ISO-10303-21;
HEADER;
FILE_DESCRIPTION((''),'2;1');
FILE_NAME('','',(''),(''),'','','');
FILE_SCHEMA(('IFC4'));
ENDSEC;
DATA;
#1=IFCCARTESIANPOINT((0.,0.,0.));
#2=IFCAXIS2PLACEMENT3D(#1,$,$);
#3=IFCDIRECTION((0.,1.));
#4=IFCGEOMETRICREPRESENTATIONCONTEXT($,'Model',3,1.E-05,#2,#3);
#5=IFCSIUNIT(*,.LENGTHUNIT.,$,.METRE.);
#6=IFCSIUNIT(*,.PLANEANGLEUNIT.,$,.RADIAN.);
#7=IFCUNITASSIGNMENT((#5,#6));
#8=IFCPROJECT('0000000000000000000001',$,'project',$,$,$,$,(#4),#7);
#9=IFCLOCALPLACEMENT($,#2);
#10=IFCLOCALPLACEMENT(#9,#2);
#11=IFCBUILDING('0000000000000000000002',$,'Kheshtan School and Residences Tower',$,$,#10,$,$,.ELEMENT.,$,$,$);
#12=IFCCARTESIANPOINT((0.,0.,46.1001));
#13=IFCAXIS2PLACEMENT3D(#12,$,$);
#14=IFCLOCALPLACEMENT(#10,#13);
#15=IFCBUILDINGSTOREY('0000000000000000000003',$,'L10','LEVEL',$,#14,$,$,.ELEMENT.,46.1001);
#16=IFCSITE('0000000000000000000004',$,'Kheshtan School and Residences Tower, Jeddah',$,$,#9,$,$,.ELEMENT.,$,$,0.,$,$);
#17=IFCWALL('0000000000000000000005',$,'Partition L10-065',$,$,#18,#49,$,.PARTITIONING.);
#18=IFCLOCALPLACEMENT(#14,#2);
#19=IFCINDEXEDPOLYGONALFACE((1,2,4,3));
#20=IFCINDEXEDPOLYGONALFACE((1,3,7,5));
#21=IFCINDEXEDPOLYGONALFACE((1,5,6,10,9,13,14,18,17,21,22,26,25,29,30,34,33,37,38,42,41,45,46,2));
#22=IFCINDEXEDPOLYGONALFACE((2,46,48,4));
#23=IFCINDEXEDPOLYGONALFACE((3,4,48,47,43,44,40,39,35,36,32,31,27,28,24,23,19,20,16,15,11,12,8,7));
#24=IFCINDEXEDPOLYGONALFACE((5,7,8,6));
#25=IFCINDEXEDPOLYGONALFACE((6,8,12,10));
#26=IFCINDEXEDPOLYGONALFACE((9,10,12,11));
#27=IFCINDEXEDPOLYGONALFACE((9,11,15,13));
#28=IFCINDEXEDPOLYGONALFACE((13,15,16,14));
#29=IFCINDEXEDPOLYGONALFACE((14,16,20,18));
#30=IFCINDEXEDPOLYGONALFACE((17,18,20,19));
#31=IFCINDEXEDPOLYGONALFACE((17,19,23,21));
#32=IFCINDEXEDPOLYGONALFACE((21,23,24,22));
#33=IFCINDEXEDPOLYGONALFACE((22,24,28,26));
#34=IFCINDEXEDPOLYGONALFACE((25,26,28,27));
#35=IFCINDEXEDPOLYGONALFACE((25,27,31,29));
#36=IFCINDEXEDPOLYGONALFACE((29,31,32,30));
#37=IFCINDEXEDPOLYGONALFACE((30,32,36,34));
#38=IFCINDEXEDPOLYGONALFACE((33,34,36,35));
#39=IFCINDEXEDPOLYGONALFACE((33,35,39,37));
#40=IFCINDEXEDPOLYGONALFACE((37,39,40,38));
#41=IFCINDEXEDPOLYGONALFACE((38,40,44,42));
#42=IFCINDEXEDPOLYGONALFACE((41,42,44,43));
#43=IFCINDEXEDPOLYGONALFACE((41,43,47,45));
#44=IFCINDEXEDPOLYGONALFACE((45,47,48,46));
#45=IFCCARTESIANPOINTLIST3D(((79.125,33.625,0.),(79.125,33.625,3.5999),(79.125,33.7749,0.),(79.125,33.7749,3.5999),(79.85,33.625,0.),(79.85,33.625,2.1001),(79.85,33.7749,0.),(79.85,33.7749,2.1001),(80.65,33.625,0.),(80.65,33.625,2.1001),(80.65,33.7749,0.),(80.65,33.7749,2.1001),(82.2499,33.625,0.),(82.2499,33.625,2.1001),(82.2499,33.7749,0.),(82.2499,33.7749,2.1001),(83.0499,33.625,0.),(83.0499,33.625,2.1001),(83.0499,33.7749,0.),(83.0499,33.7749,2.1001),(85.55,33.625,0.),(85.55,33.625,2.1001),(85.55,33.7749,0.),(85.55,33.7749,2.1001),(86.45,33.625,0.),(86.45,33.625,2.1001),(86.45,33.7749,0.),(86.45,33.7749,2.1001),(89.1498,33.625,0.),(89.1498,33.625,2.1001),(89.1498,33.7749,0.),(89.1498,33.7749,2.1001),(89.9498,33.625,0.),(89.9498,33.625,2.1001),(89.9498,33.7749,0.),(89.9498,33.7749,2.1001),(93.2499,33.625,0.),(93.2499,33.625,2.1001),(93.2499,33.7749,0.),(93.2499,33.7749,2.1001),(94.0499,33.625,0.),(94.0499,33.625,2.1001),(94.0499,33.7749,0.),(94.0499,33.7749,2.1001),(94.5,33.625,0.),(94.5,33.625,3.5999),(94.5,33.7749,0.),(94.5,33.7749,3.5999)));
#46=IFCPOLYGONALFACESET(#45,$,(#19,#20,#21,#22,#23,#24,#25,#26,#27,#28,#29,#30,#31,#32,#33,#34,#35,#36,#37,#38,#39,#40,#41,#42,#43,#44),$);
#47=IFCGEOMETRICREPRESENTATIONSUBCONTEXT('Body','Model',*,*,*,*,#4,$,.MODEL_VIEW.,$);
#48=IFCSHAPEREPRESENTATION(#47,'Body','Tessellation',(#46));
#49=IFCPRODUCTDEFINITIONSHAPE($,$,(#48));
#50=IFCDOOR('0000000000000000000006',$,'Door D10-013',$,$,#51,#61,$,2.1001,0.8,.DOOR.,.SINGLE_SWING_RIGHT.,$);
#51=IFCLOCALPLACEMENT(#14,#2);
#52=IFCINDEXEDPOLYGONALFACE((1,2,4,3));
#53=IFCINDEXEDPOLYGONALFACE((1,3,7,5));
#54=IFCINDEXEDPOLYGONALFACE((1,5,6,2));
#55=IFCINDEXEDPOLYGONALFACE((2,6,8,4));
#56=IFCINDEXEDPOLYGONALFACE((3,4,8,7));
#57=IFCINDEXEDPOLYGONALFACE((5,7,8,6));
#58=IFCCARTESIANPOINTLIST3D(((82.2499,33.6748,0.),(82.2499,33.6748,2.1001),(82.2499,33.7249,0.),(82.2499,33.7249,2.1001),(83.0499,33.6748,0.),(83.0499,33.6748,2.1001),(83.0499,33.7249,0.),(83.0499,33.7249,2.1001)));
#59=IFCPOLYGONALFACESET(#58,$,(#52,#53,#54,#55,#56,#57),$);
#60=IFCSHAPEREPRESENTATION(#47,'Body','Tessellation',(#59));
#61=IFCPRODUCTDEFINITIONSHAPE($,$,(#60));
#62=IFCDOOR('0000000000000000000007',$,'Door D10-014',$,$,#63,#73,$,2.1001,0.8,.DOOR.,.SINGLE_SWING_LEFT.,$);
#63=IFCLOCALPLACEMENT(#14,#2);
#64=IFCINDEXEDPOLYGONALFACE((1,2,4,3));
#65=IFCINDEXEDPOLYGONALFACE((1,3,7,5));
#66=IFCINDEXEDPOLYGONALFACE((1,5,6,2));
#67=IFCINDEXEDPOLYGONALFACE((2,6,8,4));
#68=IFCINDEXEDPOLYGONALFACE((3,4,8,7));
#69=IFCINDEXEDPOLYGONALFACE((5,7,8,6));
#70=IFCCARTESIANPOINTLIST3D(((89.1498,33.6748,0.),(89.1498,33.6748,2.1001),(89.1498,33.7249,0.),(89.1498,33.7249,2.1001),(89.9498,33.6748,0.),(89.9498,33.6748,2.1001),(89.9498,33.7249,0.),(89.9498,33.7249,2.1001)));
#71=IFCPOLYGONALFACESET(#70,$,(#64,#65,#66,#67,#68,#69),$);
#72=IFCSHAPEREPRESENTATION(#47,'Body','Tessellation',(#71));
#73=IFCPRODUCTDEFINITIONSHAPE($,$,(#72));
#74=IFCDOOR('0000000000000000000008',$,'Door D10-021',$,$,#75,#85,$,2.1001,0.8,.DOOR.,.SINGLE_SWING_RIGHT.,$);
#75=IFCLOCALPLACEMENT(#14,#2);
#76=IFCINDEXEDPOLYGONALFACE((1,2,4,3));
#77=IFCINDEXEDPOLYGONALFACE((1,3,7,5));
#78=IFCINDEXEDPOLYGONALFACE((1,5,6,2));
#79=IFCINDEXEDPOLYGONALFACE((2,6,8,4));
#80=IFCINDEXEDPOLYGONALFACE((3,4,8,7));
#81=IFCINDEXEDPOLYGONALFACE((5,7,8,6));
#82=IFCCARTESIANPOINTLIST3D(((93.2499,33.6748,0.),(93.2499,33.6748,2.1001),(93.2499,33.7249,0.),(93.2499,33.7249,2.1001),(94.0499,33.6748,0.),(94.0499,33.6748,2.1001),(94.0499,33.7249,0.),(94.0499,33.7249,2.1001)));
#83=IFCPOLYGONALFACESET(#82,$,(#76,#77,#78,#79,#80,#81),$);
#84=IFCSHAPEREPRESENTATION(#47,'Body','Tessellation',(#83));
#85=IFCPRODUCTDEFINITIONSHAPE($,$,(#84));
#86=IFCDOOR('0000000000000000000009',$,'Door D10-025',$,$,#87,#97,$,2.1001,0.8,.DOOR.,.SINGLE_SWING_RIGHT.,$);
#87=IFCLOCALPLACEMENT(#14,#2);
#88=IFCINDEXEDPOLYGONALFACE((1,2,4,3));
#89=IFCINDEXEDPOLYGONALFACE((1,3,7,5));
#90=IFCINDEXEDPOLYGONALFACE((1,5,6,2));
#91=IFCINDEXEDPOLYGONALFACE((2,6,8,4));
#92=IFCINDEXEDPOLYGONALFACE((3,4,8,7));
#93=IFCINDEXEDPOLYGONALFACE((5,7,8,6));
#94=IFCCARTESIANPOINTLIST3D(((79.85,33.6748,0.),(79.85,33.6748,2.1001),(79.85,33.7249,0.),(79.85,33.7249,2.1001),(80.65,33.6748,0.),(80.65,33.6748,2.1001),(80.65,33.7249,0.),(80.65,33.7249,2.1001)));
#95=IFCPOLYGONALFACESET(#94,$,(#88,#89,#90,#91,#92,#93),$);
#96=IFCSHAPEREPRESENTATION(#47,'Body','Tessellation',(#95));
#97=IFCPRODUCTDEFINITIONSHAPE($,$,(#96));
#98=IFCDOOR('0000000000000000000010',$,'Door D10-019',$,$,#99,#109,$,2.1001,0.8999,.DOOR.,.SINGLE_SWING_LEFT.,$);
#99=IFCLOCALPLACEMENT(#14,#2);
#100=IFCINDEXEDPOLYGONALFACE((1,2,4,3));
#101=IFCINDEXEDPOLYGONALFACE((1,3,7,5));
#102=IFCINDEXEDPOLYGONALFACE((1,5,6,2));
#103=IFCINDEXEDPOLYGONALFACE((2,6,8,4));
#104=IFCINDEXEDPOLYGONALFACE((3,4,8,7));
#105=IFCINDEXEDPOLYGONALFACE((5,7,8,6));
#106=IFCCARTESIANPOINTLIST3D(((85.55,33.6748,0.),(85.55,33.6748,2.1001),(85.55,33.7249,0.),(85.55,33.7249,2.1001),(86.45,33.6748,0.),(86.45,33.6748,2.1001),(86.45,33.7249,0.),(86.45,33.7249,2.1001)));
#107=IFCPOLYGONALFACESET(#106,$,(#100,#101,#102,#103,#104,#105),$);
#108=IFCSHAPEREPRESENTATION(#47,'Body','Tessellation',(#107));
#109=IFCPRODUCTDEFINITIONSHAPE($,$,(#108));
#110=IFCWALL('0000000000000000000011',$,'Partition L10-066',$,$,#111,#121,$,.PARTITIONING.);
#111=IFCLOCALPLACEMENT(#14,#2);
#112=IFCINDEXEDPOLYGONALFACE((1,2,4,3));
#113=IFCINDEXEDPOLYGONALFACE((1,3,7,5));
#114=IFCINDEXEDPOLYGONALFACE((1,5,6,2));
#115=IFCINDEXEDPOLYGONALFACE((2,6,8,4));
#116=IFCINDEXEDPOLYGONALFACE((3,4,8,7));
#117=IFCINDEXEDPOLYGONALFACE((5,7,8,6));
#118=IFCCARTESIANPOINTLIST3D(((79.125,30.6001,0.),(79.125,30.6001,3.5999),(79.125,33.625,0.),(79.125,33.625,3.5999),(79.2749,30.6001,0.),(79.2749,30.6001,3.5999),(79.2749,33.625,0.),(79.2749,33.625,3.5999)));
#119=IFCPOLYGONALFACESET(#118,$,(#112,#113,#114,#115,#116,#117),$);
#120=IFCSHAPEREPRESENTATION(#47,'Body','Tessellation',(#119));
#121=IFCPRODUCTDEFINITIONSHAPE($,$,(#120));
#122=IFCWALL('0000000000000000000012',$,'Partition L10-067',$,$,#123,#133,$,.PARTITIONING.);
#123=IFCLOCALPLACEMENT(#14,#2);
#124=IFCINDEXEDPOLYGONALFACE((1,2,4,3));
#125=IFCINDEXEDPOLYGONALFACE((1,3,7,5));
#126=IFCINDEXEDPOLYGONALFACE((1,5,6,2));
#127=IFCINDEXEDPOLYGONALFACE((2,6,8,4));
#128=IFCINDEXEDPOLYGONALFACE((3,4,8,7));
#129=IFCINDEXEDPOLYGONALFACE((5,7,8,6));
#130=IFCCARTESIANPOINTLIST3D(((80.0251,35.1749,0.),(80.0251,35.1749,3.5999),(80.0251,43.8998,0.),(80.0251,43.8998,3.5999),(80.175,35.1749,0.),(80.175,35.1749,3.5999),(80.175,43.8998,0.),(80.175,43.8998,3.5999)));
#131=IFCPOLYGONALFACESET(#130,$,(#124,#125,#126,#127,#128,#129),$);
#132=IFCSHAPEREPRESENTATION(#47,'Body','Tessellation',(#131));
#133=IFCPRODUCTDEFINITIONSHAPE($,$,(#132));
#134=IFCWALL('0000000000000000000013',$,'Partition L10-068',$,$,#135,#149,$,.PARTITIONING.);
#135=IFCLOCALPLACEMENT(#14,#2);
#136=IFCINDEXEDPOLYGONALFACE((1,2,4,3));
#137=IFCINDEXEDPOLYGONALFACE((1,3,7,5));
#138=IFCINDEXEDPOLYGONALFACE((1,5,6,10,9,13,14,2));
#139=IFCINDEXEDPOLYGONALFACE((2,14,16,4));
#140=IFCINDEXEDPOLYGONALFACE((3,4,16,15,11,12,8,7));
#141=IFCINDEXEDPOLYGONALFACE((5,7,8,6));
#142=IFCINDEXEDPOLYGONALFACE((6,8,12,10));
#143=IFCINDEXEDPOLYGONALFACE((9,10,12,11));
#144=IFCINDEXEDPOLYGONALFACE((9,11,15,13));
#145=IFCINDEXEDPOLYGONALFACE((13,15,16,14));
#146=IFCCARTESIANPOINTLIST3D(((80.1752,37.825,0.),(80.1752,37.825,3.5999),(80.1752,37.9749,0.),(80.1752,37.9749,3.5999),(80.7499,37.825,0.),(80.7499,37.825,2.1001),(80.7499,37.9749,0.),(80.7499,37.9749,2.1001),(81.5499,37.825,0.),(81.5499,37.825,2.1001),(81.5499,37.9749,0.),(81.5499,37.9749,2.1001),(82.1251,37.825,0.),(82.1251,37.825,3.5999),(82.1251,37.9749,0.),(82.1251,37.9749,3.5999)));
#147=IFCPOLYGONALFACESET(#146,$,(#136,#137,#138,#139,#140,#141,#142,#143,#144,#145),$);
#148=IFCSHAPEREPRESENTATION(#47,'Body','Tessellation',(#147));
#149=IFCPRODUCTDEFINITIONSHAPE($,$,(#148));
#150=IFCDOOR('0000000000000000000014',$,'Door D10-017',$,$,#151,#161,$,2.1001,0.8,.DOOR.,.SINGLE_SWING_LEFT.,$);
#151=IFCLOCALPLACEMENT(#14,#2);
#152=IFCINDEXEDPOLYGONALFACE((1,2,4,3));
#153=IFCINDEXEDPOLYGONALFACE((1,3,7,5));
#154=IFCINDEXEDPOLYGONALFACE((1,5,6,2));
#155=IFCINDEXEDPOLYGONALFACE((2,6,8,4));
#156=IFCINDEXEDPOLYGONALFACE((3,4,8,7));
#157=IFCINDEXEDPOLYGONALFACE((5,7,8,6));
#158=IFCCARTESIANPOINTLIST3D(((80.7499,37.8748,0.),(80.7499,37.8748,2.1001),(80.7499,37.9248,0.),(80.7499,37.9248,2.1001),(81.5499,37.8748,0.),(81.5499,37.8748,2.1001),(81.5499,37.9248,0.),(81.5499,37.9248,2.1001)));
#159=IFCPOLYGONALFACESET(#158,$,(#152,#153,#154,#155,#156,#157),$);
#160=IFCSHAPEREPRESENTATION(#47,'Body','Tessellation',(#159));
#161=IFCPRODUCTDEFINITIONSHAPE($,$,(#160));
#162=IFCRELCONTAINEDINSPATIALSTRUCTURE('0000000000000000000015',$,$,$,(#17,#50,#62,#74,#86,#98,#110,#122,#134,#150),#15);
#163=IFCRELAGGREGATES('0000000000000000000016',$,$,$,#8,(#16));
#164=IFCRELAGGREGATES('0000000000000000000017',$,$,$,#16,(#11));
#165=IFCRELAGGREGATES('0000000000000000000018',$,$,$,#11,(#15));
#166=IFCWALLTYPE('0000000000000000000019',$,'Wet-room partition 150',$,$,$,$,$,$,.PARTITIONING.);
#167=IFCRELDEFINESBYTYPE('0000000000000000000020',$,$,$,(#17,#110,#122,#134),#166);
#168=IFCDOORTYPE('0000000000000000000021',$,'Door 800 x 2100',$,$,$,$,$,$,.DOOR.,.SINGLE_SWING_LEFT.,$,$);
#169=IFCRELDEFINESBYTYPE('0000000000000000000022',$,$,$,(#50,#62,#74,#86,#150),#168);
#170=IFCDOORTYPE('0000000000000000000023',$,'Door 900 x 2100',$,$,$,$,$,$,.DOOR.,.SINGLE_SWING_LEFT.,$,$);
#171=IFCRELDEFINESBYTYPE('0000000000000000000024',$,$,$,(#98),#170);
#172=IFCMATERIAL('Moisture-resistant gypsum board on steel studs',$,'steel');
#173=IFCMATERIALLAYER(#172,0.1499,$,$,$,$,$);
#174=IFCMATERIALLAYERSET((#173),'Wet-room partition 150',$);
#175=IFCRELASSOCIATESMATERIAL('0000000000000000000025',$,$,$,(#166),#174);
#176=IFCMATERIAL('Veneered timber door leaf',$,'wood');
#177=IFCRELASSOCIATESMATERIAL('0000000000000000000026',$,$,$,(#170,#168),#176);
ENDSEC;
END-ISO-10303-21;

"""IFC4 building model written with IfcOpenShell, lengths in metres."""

from ifc_helpers import new_model, si_unit, direction, frame, frame_2d, origin, place, context, subcontext, project, spatial, rectangle, extrude, source, transform, mapped, material, layer, layer_set, type_object, element, fill, save


model = new_model("IFC4")

# Units and contexts
model_context = context("Model", 3, precision=1e-05, world=origin(), true_north=direction((0.0, 1.0)))
body_context = subcontext(model_context, "Body", "Model", "MODEL_VIEW")
ifc_project = project(units=[si_unit("LENGTHUNIT", "METRE"), si_unit("PLANEANGLEUNIT", "RADIAN")], contexts=[model_context])

# Site, building, storey
site_placement = place(None, origin())
site = spatial("IfcSite", under=ifc_project, at=site_placement, Name="Kheshtan School and Residences Tower, Jeddah", CompositionType="ELEMENT", RefElevation=0.0)
building_placement = place(site_placement, origin())
building = spatial("IfcBuilding", under=site, at=building_placement, Name="Kheshtan School and Residences Tower", CompositionType="ELEMENT")
storey_placement = place(building_placement, frame((0.0, 0.0, 46.1001)))
storey = spatial("IfcBuildingStorey", under=building, at=storey_placement, Name="L10", Description="LEVEL", CompositionType="ELEMENT", Elevation=46.1001)

# Wall, openings, doors
ifc_material_1 = material(Name="Moisture-resistant gypsum board on steel studs", Category="steel")
ifc_layer_1 = layer(ifc_material_1, 0.1499)
ifc_layer_set_1 = layer_set([ifc_layer_1], Name="Wet-room partition 150")
wall_type_1 = type_object("IfcWallType", Name="Wet-room partition 150", PredefinedType="PARTITIONING", material=ifc_layer_set_1)
ifc_material_2 = material(Name="Veneered timber door leaf", Category="wood")
door_type_1 = type_object("IfcDoorType", Name="Door 900 x 2100", OperationType="SINGLE_SWING_LEFT", PredefinedType="DOOR", material=ifc_material_2)
shared_shape_1 = source(origin(), body_context, "Body", "SweptSolid", [
    extrude(rectangle(XDim=0.8999, YDim=2.1001, at=frame_2d((0.45, 1.05))), frame((0.0, 0.0249, 0.0), z_axis=(0.0, -1.0, 0.0), x_axis=(1.0, 0.0, 0.0)), (0.0, 0.0, 1.0), 0.05),
])
wall_1_placement = place(storey_placement, frame((79.125, 33.7, 0.0), z_axis=(0.0, 0.0, 1.0), x_axis=(1.0, 0.0, 0.0)))
wall_1 = element("IfcWall", 1, at=wall_1_placement, inside=storey, type_object=wall_type_1, Name="Partition L10-065", PredefinedType="PARTITIONING", context=body_context, shape_type="SweptSolid", body=[
    extrude(rectangle(XDim=15.375, YDim=0.1499, at=frame_2d((7.6875, 0.0))), origin(), (0.0, 0.0, 1.0), 3.5999),
])
opening_1_placement = place(wall_1_placement, frame((3.125, 0.0, 0.0)))
opening_1 = element("IfcOpeningElement", 2, at=opening_1_placement, cuts=wall_1, PredefinedType="OPENING", context=body_context, shape_type="SweptSolid", body=[
    extrude(rectangle(XDim=0.8, YDim=2.1001, at=frame_2d((0.3999, 1.05))), frame((0.0, 0.085, 0.0), z_axis=(0.0, -1.0, 0.0), x_axis=(1.0, 0.0, 0.0)), (0.0, 0.0, 1.0), 0.1699),
])
opening_2_placement = place(wall_1_placement, frame((10.0249, 0.0, 0.0)))
opening_2 = element("IfcOpeningElement", 3, at=opening_2_placement, cuts=wall_1, PredefinedType="OPENING", context=body_context, shape_type="SweptSolid", body=[
    extrude(rectangle(XDim=0.8, YDim=2.1001, at=frame_2d((0.3999, 1.05))), frame((0.0, 0.085, 0.0), z_axis=(0.0, -1.0, 0.0), x_axis=(1.0, 0.0, 0.0)), (0.0, 0.0, 1.0), 0.1699),
])
opening_3_placement = place(wall_1_placement, frame((6.425, 0.0, 0.0)))
opening_3 = element("IfcOpeningElement", 4, at=opening_3_placement, cuts=wall_1, PredefinedType="OPENING", context=body_context, shape_type="SweptSolid", body=[
    extrude(rectangle(XDim=0.8999, YDim=2.1001, at=frame_2d((0.45, 1.05))), frame((0.0, 0.085, 0.0), z_axis=(0.0, -1.0, 0.0), x_axis=(1.0, 0.0, 0.0)), (0.0, 0.0, 1.0), 0.1699),
])
opening_4_placement = place(wall_1_placement, frame((14.125, 0.0, 0.0)))
opening_4 = element("IfcOpeningElement", 5, at=opening_4_placement, cuts=wall_1, PredefinedType="OPENING", context=body_context, shape_type="SweptSolid", body=[
    extrude(rectangle(XDim=0.8, YDim=2.1001, at=frame_2d((0.3999, 1.05))), frame((0.0, 0.085, 0.0), z_axis=(0.0, -1.0, 0.0), x_axis=(1.0, 0.0, 0.0)), (0.0, 0.0, 1.0), 0.1699),
])
opening_5_placement = place(wall_1_placement, frame((0.7251, 0.0, 0.0)))
opening_5 = element("IfcOpeningElement", 6, at=opening_5_placement, cuts=wall_1, PredefinedType="OPENING", context=body_context, shape_type="SweptSolid", body=[
    extrude(rectangle(XDim=0.8, YDim=2.1001, at=frame_2d((0.3999, 1.05))), frame((0.0, 0.085, 0.0), z_axis=(0.0, -1.0, 0.0), x_axis=(1.0, 0.0, 0.0)), (0.0, 0.0, 1.0), 0.1699),
])
door_type_2 = type_object("IfcDoorType", Name="Door 800 x 2100", OperationType="SINGLE_SWING_LEFT", PredefinedType="DOOR", material=ifc_material_2)
shared_shape_2 = source(origin(), body_context, "Body", "SweptSolid", [
    extrude(rectangle(XDim=0.8, YDim=2.1001, at=frame_2d((0.3999, 1.05))), frame((0.0, 0.0249, 0.0), z_axis=(0.0, -1.0, 0.0), x_axis=(1.0, 0.0, 0.0)), (0.0, 0.0, 1.0), 0.05),
])
door_1_placement = place(opening_1_placement, origin())
door_1 = element("IfcDoor", 7, at=door_1_placement, inside=storey, type_object=door_type_2, Name="Door D10-013", OperationType="SINGLE_SWING_RIGHT", OverallHeight=2.1001, OverallWidth=0.8, PredefinedType="DOOR", context=body_context, shape_type="MappedRepresentation", body=[
    mapped(shared_shape_2, transform((0.0, 0.0, 0.0), x_axis=(1.0, 0.0, 0.0), y_axis=(0.0, 1.0, 0.0), z_axis=(0.0, 0.0, 1.0), scale=1.0)),
])
fill(opening_1, door_1)
door_2_placement = place(opening_2_placement, origin())
door_2 = element("IfcDoor", 8, at=door_2_placement, inside=storey, type_object=door_type_2, Name="Door D10-014", OperationType="SINGLE_SWING_LEFT", OverallHeight=2.1001, OverallWidth=0.8, PredefinedType="DOOR", context=body_context, shape_type="MappedRepresentation", body=[
    mapped(shared_shape_2, transform((0.0, 0.0, 0.0), x_axis=(1.0, 0.0, 0.0), y_axis=(0.0, 1.0, 0.0), z_axis=(0.0, 0.0, 1.0), scale=1.0)),
])
fill(opening_2, door_2)
door_3_placement = place(opening_4_placement, origin())
door_3 = element("IfcDoor", 9, at=door_3_placement, inside=storey, type_object=door_type_2, Name="Door D10-021", OperationType="SINGLE_SWING_RIGHT", OverallHeight=2.1001, OverallWidth=0.8, PredefinedType="DOOR", context=body_context, shape_type="MappedRepresentation", body=[
    mapped(shared_shape_2, transform((0.0, 0.0, 0.0), x_axis=(1.0, 0.0, 0.0), y_axis=(0.0, 1.0, 0.0), z_axis=(0.0, 0.0, 1.0), scale=1.0)),
])
fill(opening_4, door_3)
door_4_placement = place(opening_5_placement, origin())
door_4 = element("IfcDoor", 10, at=door_4_placement, inside=storey, type_object=door_type_2, Name="Door D10-025", OperationType="SINGLE_SWING_RIGHT", OverallHeight=2.1001, OverallWidth=0.8, PredefinedType="DOOR", context=body_context, shape_type="MappedRepresentation", body=[
    mapped(shared_shape_2, transform((0.0, 0.0, 0.0), x_axis=(1.0, 0.0, 0.0), y_axis=(0.0, 1.0, 0.0), z_axis=(0.0, 0.0, 1.0), scale=1.0)),
])
fill(opening_5, door_4)
door_5_placement = place(opening_3_placement, origin())
door_5 = element("IfcDoor", 11, at=door_5_placement, inside=storey, type_object=door_type_1, Name="Door D10-019", OperationType="SINGLE_SWING_LEFT", OverallHeight=2.1001, OverallWidth=0.8999, PredefinedType="DOOR", context=body_context, shape_type="MappedRepresentation", body=[
    mapped(shared_shape_1, transform((0.0, 0.0, 0.0), x_axis=(1.0, 0.0, 0.0), y_axis=(0.0, 1.0, 0.0), z_axis=(0.0, 0.0, 1.0), scale=1.0)),
])
fill(opening_3, door_5)

# Walls
wall_2_placement = place(storey_placement, frame((79.2, 30.6001, 0.0), z_axis=(0.0, 0.0, 1.0), x_axis=(0.0, 1.0, 0.0)))
element("IfcWall", 12, at=wall_2_placement, inside=storey, type_object=wall_type_1, Name="Partition L10-066", PredefinedType="PARTITIONING", context=body_context, shape_type="SweptSolid", body=[
    extrude(rectangle(XDim=3.0249, YDim=0.1499, at=frame_2d((1.5125, 0.0))), origin(), (0.0, 0.0, 1.0), 3.5999),
])
wall_3_placement = place(storey_placement, frame((80.1001, 35.175, 0.0), z_axis=(0.0, 0.0, 1.0), x_axis=(0.0, 1.0, 0.0)))
element("IfcWall", 13, at=wall_3_placement, inside=storey, type_object=wall_type_1, Name="Partition L10-067", PredefinedType="PARTITIONING", context=body_context, shape_type="SweptSolid", body=[
    extrude(rectangle(XDim=8.7249, YDim=0.1499, at=frame_2d((4.3623, 0.0))), origin(), (0.0, 0.0, 1.0), 3.5999),
])

# Wall, opening, door
wall_4_placement = place(storey_placement, frame((80.175, 37.8999, 0.0), z_axis=(0.0, 0.0, 1.0), x_axis=(1.0, 0.0, 0.0)))
wall_4 = element("IfcWall", 14, at=wall_4_placement, inside=storey, type_object=wall_type_1, Name="Partition L10-068", PredefinedType="PARTITIONING", context=body_context, shape_type="SweptSolid", body=[
    extrude(rectangle(XDim=1.95, YDim=0.1499, at=frame_2d((0.9751, 0.0))), origin(), (0.0, 0.0, 1.0), 3.5999),
])
opening_6_placement = place(wall_4_placement, frame((0.575, 0.0, 0.0)))
opening_6 = element("IfcOpeningElement", 15, at=opening_6_placement, cuts=wall_4, PredefinedType="OPENING", context=body_context, shape_type="SweptSolid", body=[
    extrude(rectangle(XDim=0.8, YDim=2.1001, at=frame_2d((0.3999, 1.05))), frame((0.0, 0.085, 0.0), z_axis=(0.0, -1.0, 0.0), x_axis=(1.0, 0.0, 0.0)), (0.0, 0.0, 1.0), 0.1699),
])
door_6_placement = place(opening_6_placement, origin())
door_6 = element("IfcDoor", 16, at=door_6_placement, inside=storey, type_object=door_type_2, Name="Door D10-017", OperationType="SINGLE_SWING_LEFT", OverallHeight=2.1001, OverallWidth=0.8, PredefinedType="DOOR", context=body_context, shape_type="MappedRepresentation", body=[
    mapped(shared_shape_2, transform((0.0, 0.0, 0.0), x_axis=(1.0, 0.0, 0.0), y_axis=(0.0, 1.0, 0.0), z_axis=(0.0, 0.0, 1.0), scale=1.0)),
])
fill(opening_6, door_6)

save(model, "model.ifc")
